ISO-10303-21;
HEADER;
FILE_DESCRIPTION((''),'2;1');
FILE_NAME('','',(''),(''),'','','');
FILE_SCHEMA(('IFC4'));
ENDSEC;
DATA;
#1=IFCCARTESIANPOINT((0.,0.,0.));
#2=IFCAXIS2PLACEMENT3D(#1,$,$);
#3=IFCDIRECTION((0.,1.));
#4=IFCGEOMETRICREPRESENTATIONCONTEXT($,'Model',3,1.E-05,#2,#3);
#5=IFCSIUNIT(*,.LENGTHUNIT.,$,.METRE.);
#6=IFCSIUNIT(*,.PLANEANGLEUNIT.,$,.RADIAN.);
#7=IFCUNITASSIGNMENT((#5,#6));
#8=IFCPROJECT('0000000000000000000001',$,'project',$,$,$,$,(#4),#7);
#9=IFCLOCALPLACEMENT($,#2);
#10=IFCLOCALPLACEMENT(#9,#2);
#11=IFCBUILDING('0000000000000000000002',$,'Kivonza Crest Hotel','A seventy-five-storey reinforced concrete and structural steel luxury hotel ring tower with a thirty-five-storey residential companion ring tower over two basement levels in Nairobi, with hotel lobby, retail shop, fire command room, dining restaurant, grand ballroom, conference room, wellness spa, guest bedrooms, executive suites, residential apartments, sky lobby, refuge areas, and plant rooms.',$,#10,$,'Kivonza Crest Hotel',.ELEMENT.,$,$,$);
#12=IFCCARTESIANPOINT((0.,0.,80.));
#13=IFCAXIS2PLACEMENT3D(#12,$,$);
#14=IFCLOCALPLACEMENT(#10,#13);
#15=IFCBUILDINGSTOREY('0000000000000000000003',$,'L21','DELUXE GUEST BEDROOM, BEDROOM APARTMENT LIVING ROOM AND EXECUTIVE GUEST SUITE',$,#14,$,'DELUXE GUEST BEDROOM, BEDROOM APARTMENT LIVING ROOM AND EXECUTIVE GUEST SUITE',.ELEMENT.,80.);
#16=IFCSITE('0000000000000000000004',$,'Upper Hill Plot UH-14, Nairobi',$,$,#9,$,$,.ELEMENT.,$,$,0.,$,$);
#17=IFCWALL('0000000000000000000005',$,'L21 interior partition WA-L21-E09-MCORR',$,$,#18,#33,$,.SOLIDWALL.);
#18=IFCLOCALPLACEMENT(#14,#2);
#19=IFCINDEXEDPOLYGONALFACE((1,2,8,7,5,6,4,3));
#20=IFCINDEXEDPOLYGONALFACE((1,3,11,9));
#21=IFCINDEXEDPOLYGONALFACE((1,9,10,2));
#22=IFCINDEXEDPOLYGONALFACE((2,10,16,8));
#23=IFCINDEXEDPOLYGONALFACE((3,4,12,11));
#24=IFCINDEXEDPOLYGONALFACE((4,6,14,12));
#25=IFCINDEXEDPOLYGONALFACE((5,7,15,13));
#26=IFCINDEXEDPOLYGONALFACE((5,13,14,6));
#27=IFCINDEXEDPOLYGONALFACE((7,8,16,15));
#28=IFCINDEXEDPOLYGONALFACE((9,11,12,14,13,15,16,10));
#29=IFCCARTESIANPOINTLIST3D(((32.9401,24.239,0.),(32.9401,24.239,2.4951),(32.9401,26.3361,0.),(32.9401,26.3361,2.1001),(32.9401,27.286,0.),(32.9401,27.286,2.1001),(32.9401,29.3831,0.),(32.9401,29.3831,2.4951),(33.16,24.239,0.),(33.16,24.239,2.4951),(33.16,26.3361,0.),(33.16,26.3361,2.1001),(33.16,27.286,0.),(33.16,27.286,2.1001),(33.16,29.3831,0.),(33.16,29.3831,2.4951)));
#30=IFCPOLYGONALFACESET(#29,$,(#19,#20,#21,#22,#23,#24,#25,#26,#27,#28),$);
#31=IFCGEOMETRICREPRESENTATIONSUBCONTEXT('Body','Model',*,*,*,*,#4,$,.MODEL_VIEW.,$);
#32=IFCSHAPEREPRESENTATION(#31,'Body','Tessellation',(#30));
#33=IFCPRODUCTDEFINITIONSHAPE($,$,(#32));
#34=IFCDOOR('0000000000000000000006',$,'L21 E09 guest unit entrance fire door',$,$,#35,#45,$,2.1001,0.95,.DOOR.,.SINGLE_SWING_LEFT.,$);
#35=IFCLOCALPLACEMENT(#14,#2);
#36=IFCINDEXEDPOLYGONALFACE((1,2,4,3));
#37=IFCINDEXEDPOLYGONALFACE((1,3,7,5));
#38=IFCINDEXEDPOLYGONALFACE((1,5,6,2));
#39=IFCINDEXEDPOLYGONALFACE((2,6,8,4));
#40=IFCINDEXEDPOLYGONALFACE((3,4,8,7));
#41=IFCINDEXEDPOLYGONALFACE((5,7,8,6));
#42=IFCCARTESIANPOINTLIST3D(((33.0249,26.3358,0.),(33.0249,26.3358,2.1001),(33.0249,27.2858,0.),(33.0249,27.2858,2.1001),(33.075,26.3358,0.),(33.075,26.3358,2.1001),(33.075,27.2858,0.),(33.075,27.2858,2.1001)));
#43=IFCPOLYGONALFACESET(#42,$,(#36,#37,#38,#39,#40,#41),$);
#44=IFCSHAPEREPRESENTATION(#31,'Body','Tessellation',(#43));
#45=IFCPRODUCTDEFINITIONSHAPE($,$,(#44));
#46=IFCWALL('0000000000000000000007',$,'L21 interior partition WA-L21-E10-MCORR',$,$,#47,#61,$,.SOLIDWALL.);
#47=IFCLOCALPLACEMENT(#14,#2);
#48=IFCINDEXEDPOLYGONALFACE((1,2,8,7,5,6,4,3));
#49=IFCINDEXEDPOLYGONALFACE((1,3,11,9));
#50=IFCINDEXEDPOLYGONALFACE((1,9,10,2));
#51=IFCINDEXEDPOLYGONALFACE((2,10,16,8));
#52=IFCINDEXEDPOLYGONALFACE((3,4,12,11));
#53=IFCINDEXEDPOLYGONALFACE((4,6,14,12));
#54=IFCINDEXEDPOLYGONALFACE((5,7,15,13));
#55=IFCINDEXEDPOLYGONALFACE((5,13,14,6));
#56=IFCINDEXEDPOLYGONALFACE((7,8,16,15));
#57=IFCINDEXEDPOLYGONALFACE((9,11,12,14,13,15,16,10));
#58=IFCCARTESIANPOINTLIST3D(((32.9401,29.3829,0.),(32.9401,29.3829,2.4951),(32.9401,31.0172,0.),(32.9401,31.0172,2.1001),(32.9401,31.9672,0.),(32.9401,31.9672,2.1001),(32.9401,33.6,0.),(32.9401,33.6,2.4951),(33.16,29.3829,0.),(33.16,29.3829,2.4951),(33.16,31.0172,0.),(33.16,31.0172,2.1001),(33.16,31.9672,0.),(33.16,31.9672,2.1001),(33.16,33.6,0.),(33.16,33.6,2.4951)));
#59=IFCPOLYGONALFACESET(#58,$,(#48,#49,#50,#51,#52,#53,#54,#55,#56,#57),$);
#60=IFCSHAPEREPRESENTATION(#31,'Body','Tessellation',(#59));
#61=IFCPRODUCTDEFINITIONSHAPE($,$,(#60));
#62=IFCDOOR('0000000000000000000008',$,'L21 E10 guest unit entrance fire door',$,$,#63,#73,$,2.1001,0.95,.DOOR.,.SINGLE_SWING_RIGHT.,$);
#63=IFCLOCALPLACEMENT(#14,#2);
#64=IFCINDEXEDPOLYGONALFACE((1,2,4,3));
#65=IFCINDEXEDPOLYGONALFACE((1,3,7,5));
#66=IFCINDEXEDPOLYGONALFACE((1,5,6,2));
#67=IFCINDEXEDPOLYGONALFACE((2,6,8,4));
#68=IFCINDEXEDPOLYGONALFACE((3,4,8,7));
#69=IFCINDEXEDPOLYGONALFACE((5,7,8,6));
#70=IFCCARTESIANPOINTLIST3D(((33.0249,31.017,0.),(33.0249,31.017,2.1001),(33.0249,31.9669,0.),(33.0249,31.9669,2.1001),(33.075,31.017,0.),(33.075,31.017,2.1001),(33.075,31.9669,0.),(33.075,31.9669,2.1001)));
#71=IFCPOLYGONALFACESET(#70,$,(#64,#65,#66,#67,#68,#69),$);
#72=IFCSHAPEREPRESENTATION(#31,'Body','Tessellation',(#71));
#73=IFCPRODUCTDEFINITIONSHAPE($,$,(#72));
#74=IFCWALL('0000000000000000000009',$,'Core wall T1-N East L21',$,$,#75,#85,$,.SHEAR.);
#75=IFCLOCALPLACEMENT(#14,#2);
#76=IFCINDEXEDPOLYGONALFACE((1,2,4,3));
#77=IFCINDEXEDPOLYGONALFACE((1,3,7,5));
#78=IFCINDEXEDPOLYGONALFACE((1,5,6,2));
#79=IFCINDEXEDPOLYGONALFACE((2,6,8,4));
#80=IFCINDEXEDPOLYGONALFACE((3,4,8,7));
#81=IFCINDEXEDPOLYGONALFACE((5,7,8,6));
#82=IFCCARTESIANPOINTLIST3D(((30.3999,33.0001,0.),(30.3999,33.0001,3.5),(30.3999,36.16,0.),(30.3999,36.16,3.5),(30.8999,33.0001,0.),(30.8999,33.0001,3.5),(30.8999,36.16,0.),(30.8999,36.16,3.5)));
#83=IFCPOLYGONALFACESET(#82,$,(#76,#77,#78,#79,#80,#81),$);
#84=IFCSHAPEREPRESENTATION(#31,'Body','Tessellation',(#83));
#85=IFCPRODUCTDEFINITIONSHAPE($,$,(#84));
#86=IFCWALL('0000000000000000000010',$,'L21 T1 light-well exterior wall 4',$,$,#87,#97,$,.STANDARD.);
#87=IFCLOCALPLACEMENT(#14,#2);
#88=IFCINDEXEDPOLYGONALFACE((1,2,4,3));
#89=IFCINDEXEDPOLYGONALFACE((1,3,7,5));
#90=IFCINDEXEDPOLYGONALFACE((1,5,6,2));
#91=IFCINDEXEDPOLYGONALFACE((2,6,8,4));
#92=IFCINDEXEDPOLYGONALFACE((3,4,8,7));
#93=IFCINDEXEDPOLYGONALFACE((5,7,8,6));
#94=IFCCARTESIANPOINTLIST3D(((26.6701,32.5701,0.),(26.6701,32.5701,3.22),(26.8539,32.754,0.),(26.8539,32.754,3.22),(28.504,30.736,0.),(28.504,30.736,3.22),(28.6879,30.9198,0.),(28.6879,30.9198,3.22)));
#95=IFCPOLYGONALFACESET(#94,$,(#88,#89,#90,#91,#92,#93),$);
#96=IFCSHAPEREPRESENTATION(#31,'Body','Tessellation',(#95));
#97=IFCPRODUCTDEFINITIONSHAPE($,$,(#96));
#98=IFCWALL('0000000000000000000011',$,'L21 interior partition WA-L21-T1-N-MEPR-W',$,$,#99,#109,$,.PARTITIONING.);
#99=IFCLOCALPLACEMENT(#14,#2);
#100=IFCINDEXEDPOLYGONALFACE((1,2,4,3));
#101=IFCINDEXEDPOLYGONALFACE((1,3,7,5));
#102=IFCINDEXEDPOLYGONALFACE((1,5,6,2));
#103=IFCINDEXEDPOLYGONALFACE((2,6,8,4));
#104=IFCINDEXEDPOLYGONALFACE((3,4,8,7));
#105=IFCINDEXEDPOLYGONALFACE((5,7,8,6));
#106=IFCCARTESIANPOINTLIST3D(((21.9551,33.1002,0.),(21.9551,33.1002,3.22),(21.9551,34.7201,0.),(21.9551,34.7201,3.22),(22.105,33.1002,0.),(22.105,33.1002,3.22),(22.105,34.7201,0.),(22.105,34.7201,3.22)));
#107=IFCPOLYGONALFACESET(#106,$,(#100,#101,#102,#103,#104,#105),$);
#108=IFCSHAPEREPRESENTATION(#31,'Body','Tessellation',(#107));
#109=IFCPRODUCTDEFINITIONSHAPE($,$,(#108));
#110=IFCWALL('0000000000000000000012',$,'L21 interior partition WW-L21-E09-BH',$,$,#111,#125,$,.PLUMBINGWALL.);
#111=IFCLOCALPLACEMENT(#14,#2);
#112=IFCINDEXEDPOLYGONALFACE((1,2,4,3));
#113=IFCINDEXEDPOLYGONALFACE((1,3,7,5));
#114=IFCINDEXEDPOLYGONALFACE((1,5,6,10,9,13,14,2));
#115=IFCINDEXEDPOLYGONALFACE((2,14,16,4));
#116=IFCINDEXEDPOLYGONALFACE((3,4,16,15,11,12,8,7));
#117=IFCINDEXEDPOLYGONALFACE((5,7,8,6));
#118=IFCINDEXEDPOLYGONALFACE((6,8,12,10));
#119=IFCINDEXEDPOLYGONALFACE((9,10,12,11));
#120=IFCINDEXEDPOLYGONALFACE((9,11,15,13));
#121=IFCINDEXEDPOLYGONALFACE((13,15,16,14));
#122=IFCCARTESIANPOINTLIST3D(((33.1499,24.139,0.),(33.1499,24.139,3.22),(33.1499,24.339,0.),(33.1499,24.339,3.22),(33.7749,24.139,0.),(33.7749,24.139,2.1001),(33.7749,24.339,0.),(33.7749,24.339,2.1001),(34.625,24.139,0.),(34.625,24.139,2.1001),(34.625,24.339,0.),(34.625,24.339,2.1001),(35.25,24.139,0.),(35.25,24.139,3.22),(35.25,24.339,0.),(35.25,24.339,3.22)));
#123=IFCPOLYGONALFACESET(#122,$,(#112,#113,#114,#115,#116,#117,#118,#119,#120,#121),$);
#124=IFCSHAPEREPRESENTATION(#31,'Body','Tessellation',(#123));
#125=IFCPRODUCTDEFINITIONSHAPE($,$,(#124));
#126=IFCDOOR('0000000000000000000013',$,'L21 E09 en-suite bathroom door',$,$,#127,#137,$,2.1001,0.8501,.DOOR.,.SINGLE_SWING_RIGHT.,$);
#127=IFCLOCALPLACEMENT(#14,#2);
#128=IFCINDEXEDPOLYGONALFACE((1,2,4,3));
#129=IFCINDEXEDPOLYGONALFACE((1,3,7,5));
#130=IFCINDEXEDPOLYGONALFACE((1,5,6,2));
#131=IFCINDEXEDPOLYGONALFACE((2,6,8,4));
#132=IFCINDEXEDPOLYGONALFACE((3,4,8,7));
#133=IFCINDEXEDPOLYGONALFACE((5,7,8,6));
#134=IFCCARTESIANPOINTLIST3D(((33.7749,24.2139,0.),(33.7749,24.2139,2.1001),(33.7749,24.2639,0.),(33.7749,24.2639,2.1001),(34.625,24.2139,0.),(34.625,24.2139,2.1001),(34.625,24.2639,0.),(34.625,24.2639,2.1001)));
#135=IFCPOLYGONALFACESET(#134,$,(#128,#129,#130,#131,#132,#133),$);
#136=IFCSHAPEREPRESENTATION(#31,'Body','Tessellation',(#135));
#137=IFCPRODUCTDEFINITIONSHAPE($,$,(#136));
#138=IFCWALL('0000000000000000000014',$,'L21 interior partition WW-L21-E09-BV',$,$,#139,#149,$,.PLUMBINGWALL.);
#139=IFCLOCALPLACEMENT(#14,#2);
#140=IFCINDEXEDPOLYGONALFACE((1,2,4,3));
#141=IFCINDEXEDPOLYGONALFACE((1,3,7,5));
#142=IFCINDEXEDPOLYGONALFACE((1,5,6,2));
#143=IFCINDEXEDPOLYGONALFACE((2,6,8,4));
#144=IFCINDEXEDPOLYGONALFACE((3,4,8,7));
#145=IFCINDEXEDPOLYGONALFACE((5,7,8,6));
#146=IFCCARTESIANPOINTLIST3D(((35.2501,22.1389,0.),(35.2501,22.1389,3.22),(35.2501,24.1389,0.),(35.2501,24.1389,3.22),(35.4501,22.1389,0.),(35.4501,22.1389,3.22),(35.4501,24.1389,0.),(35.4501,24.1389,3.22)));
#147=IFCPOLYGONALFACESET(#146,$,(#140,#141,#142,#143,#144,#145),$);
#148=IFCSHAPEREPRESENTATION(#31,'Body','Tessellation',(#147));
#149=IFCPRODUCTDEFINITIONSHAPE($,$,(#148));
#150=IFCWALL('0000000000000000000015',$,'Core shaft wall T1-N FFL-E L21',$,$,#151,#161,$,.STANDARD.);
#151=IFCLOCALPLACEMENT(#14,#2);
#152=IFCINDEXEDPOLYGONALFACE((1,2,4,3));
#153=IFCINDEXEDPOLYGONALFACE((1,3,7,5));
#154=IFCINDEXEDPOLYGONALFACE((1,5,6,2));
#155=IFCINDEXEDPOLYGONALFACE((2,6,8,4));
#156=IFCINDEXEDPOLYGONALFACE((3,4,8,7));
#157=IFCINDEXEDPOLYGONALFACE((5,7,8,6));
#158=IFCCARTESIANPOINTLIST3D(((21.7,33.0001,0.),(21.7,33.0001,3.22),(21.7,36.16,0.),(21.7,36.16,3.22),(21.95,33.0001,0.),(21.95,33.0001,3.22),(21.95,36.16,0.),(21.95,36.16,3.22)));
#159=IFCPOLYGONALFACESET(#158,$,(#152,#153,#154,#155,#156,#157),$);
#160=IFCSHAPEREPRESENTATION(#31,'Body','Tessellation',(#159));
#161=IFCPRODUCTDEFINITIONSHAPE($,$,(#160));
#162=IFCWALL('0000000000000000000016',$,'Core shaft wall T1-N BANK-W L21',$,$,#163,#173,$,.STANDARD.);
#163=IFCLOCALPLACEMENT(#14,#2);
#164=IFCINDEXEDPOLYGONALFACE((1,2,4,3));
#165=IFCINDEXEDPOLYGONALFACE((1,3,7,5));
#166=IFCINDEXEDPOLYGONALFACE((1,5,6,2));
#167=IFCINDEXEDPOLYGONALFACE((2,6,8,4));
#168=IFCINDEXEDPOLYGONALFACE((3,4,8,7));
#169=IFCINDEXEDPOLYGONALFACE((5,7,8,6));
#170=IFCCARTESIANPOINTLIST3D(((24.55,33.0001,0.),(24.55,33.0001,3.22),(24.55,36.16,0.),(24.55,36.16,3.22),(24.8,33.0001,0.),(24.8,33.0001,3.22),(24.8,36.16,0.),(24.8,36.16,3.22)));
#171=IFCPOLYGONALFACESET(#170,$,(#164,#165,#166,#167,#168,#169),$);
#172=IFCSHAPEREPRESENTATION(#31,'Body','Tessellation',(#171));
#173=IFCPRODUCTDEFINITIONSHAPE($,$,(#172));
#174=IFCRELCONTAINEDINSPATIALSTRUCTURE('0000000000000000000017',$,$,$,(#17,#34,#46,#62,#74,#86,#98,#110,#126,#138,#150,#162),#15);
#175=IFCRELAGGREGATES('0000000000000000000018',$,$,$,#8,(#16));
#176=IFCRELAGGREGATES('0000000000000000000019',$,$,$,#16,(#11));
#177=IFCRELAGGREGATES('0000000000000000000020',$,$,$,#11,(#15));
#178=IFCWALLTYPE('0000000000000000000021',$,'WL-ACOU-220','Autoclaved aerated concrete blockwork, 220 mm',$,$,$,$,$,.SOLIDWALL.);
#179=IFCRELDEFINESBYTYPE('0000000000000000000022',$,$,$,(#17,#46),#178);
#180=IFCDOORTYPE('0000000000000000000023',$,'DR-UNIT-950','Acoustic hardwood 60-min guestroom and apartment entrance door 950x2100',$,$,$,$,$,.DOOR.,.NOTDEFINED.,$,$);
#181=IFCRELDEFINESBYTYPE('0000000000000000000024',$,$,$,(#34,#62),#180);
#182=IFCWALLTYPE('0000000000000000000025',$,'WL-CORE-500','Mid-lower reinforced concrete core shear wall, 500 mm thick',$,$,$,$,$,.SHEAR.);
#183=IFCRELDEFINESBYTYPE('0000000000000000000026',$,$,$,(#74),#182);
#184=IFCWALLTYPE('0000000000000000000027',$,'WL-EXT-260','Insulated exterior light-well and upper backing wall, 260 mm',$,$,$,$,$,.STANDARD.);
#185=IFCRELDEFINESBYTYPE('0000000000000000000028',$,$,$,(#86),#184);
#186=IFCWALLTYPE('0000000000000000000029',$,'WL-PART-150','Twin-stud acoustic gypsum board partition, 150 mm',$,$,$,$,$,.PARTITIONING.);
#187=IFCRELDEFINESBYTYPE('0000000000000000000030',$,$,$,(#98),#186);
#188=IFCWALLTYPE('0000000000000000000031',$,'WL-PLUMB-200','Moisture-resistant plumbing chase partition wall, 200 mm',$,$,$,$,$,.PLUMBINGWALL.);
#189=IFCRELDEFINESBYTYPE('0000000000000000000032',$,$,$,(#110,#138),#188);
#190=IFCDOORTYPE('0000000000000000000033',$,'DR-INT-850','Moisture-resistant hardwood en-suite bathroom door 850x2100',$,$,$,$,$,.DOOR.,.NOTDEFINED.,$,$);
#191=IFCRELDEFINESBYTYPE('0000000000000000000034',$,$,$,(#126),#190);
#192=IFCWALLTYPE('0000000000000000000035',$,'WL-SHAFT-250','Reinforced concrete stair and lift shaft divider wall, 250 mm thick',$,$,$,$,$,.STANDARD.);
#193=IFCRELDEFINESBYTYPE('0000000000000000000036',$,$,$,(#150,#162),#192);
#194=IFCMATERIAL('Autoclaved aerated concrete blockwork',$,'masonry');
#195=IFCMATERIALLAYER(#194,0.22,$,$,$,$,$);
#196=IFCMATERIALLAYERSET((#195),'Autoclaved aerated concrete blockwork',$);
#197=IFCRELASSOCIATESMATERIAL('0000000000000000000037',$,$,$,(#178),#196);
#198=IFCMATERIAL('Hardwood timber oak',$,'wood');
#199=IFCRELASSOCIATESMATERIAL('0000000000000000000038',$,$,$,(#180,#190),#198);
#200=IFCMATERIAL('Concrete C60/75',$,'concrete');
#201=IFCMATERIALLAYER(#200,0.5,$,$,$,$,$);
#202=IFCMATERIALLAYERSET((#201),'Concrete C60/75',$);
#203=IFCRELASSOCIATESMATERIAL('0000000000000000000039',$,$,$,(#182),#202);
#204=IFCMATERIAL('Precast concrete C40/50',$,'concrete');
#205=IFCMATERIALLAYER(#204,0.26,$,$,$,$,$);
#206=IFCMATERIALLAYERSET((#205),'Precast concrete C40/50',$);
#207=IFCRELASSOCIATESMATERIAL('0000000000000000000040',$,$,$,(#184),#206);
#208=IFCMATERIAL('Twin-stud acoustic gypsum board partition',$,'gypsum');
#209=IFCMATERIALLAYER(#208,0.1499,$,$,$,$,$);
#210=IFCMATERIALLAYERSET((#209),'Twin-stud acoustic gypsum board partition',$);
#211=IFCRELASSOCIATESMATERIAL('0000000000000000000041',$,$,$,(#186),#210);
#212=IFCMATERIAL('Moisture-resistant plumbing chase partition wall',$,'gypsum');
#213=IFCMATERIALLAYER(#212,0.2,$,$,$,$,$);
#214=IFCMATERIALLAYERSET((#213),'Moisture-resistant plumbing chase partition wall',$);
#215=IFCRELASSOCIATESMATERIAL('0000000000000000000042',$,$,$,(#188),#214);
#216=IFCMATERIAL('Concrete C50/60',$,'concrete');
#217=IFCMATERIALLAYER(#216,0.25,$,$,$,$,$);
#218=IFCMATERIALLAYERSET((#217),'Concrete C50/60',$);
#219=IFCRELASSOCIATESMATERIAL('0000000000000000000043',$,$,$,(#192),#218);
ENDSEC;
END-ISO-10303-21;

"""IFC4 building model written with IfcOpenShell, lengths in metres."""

from ifc_helpers import new_model, si_unit, direction, frame, frame_2d, origin, place, context, subcontext, project, spatial, rectangle, extrude, material, layer, layer_set, type_object, element, fill, save


model = new_model("IFC4")

# Units and contexts
model_context = context("Model", 3, precision=1e-05, world=origin(), true_north=direction((0.0, 1.0)))
body_context = subcontext(model_context, "Body", "Model", "MODEL_VIEW")
ifc_project = project(units=[si_unit("LENGTHUNIT", "METRE"), si_unit("PLANEANGLEUNIT", "RADIAN")], contexts=[model_context])

# Site, building, storey
site_placement = place(None, origin())
site = spatial("IfcSite", under=ifc_project, at=site_placement, Name="Upper Hill Plot UH-14, Nairobi", CompositionType="ELEMENT", RefElevation=0.0)
building_placement = place(site_placement, origin())
building = spatial("IfcBuilding", under=site, at=building_placement, Name="Kivonza Crest Hotel", Description="A seventy-five-storey reinforced concrete and structural steel luxury hotel ring tower with a thirty-five-storey residential companion ring tower over two basement levels in Nairobi, with hotel lobby, retail shop, fire command room, dining restaurant, grand ballroom, conference room, wellness spa, guest bedrooms, executive suites, residential apartments, sky lobby, refuge areas, and plant rooms.", LongName="Kivonza Crest Hotel", CompositionType="ELEMENT")
storey_placement = place(building_placement, frame((0.0, 0.0, 80.0)))
storey = spatial("IfcBuildingStorey", under=building, at=storey_placement, Name="L21", Description="DELUXE GUEST BEDROOM, BEDROOM APARTMENT LIVING ROOM AND EXECUTIVE GUEST SUITE", LongName="DELUXE GUEST BEDROOM, BEDROOM APARTMENT LIVING ROOM AND EXECUTIVE GUEST SUITE", CompositionType="ELEMENT", Elevation=80.0)

# Shared definitions
ifc_material_1 = material(Name="Concrete C50/60", Category="concrete")
ifc_material_2 = material(Name="Concrete C60/75", Category="concrete")

# Walls, openings, doors
ifc_material_3 = material(Name="Autoclaved aerated concrete blockwork", Category="masonry")
ifc_layer_1 = layer(ifc_material_3, 0.22)
ifc_layer_set_1 = layer_set([ifc_layer_1], Name="Autoclaved aerated concrete blockwork")
wall_type_1 = type_object("IfcWallType", Name="WL-ACOU-220", Description="Autoclaved aerated concrete blockwork, 220 mm", PredefinedType="SOLIDWALL", material=ifc_layer_set_1)
wall_1_placement = place(storey_placement, frame((33.05, 24.239, 0.0), z_axis=(0.0, 0.0, 1.0), x_axis=(0.0, 1.0, 0.0)))
wall_1 = element("IfcWall", 1, at=wall_1_placement, inside=storey, type_object=wall_type_1, Name="L21 interior partition WA-L21-E09-MCORR", PredefinedType="SOLIDWALL", context=body_context, shape_type="SweptSolid", body=[
    extrude(rectangle(XDim=5.144, YDim=0.22, at=frame_2d((2.572, 0.0))), origin(), (0.0, 0.0, 1.0), 2.4951),
])
opening_1_placement = place(wall_1_placement, frame((2.0969, 0.0, 0.0)))
opening_1 = element("IfcOpeningElement", 2, at=opening_1_placement, cuts=wall_1, PredefinedType="OPENING", context=body_context, shape_type="SweptSolid", body=[
    extrude(rectangle(XDim=0.95, YDim=2.1001, at=frame_2d((0.4751, 1.05))), frame((0.0, 0.1201, 0.0), z_axis=(0.0, -1.0, 0.0), x_axis=(1.0, 0.0, 0.0)), (0.0, 0.0, 1.0), 0.24),
])
ifc_material_4 = material(Name="Hardwood timber oak", Category="wood")
door_type_1 = type_object("IfcDoorType", Name="DR-UNIT-950", Description="Acoustic hardwood 60-min guestroom and apartment entrance door 950x2100", OperationType="NOTDEFINED", PredefinedType="DOOR", material=ifc_material_4)
door_1_placement = place(opening_1_placement, frame((0.95, 0.0, 0.0), z_axis=(0.0, 0.0, 1.0), x_axis=(-1.0, 0.0, 0.0)))
door_1 = element("IfcDoor", 3, at=door_1_placement, inside=storey, type_object=door_type_1, Name="L21 E09 guest unit entrance fire door", OperationType="SINGLE_SWING_LEFT", OverallHeight=2.1001, OverallWidth=0.95, PredefinedType="DOOR", context=body_context, shape_type="SweptSolid", body=[
    extrude(rectangle(XDim=0.95, YDim=2.1001, at=frame_2d((0.4751, 1.05))), frame((0.0, 0.0249, 0.0), z_axis=(0.0, -1.0, 0.0), x_axis=(1.0, 0.0, 0.0)), (0.0, 0.0, 1.0), 0.05),
])
fill(opening_1, door_1)
wall_2_placement = place(storey_placement, frame((33.05, 29.3831, 0.0), z_axis=(0.0, 0.0, 1.0), x_axis=(0.0, 1.0, 0.0)))
wall_2 = element("IfcWall", 4, at=wall_2_placement, inside=storey, type_object=wall_type_1, Name="L21 interior partition WA-L21-E10-MCORR", PredefinedType="SOLIDWALL", context=body_context, shape_type="SweptSolid", body=[
    extrude(rectangle(XDim=4.217, YDim=0.22, at=frame_2d((2.1084, 0.0))), origin(), (0.0, 0.0, 1.0), 2.4951),
])
opening_2_placement = place(wall_2_placement, frame((1.634, 0.0, 0.0)))
opening_2 = element("IfcOpeningElement", 5, at=opening_2_placement, cuts=wall_2, PredefinedType="OPENING", context=body_context, shape_type="SweptSolid", body=[
    extrude(rectangle(XDim=0.95, YDim=2.1001, at=frame_2d((0.4751, 1.05))), frame((0.0, 0.1201, 0.0), z_axis=(0.0, -1.0, 0.0), x_axis=(1.0, 0.0, 0.0)), (0.0, 0.0, 1.0), 0.24),
])
door_2_placement = place(opening_2_placement, frame((0.95, 0.0, 0.0), z_axis=(0.0, 0.0, 1.0), x_axis=(-1.0, 0.0, 0.0)))
door_2 = element("IfcDoor", 6, at=door_2_placement, inside=storey, type_object=door_type_1, Name="L21 E10 guest unit entrance fire door", OperationType="SINGLE_SWING_RIGHT", OverallHeight=2.1001, OverallWidth=0.95, PredefinedType="DOOR", context=body_context, shape_type="SweptSolid", body=[
    extrude(rectangle(XDim=0.95, YDim=2.1001, at=frame_2d((0.4751, 1.05))), frame((0.0, 0.0249, 0.0), z_axis=(0.0, -1.0, 0.0), x_axis=(1.0, 0.0, 0.0)), (0.0, 0.0, 1.0), 0.05),
])
fill(opening_2, door_2)

# Walls
ifc_layer_2 = layer(ifc_material_2, 0.5)
ifc_layer_set_2 = layer_set([ifc_layer_2], Name="Concrete C60/75")
wall_type_2 = type_object("IfcWallType", Name="WL-CORE-500", Description="Mid-lower reinforced concrete core shear wall, 500 mm thick", PredefinedType="SHEAR", material=ifc_layer_set_2)
wall_3_placement = place(storey_placement, frame((30.6499, 33.0, 0.0), z_axis=(0.0, 0.0, 1.0), x_axis=(0.0, 1.0, 0.0)))
element("IfcWall", 7, at=wall_3_placement, inside=storey, type_object=wall_type_2, Name="Core wall T1-N East L21", PredefinedType="SHEAR", context=body_context, shape_type="SweptSolid", body=[
    extrude(rectangle(XDim=3.1599, YDim=0.5, at=frame_2d((1.5801, 0.0))), origin(), (0.0, 0.0, 1.0), 3.5),
])
ifc_material_5 = material(Name="Precast concrete C40/50", Category="concrete")
ifc_layer_3 = layer(ifc_material_5, 0.26)
ifc_layer_set_3 = layer_set([ifc_layer_3], Name="Precast concrete C40/50")
wall_type_3 = type_object("IfcWallType", Name="WL-EXT-260", Description="Insulated exterior light-well and upper backing wall, 260 mm", PredefinedType="STANDARD", material=ifc_layer_set_3)
wall_4_placement = place(storey_placement, frame((28.5959, 30.8279, 0.0), z_axis=(0.0, 0.0, 1.0), x_axis=(-0.70706, 0.707154, 0.0)))
element("IfcWall", 8, at=wall_4_placement, inside=storey, type_object=wall_type_3, Name="L21 T1 light-well exterior wall 4", PredefinedType="STANDARD", context=body_context, shape_type="SweptSolid", body=[
    extrude(rectangle(XDim=2.5938, YDim=0.26, at=frame_2d((1.2969, 0.0))), origin(), (0.0, 0.0, 1.0), 3.22),
])
ifc_material_6 = material(Name="Twin-stud acoustic gypsum board partition", Category="gypsum")
ifc_layer_4 = layer(ifc_material_6, 0.1499)
ifc_layer_set_4 = layer_set([ifc_layer_4], Name="Twin-stud acoustic gypsum board partition")
wall_type_4 = type_object("IfcWallType", Name="WL-PART-150", Description="Twin-stud acoustic gypsum board partition, 150 mm", PredefinedType="PARTITIONING", material=ifc_layer_set_4)
wall_5_placement = place(storey_placement, frame((22.03, 33.1001, 0.0), z_axis=(0.0, 0.0, 1.0), x_axis=(0.0, 1.0, 0.0)))
element("IfcWall", 9, at=wall_5_placement, inside=storey, type_object=wall_type_4, Name="L21 interior partition WA-L21-T1-N-MEPR-W", PredefinedType="PARTITIONING", context=body_context, shape_type="SweptSolid", body=[
    extrude(rectangle(XDim=1.6199, YDim=0.1499, at=frame_2d((0.8101, 0.0))), origin(), (0.0, 0.0, 1.0), 3.22),
])

# Wall, opening, door
ifc_material_7 = material(Name="Moisture-resistant plumbing chase partition wall", Category="gypsum")
ifc_layer_5 = layer(ifc_material_7, 0.2)
ifc_layer_set_5 = layer_set([ifc_layer_5], Name="Moisture-resistant plumbing chase partition wall")
wall_type_5 = type_object("IfcWallType", Name="WL-PLUMB-200", Description="Moisture-resistant plumbing chase partition wall, 200 mm", PredefinedType="PLUMBINGWALL", material=ifc_layer_set_5)
wall_6_placement = place(storey_placement, frame((33.1499, 24.239, 0.0), z_axis=(0.0, 0.0, 1.0), x_axis=(1.0, 0.0, 0.0)))
wall_6 = element("IfcWall", 10, at=wall_6_placement, inside=storey, type_object=wall_type_5, Name="L21 interior partition WW-L21-E09-BH", PredefinedType="PLUMBINGWALL", context=body_context, shape_type="SweptSolid", body=[
    extrude(rectangle(XDim=2.1001, YDim=0.2, at=frame_2d((1.05, 0.0))), origin(), (0.0, 0.0, 1.0), 3.22),
])
opening_3_placement = place(wall_6_placement, frame((0.625, 0.0, 0.0)))
opening_3 = element("IfcOpeningElement", 11, at=opening_3_placement, cuts=wall_6, PredefinedType="OPENING", context=body_context, shape_type="SweptSolid", body=[
    extrude(rectangle(XDim=0.8501, YDim=2.1001, at=frame_2d((0.425, 1.05))), frame((0.0, 0.1099, 0.0), z_axis=(0.0, -1.0, 0.0), x_axis=(1.0, 0.0, 0.0)), (0.0, 0.0, 1.0), 0.22),
])
door_type_2 = type_object("IfcDoorType", Name="DR-INT-850", Description="Moisture-resistant hardwood en-suite bathroom door 850x2100", OperationType="NOTDEFINED", PredefinedType="DOOR", material=ifc_material_4)
door_3_placement = place(opening_3_placement, origin())
door_3 = element("IfcDoor", 12, at=door_3_placement, inside=storey, type_object=door_type_2, Name="L21 E09 en-suite bathroom door", OperationType="SINGLE_SWING_RIGHT", OverallHeight=2.1001, OverallWidth=0.8501, PredefinedType="DOOR", context=body_context, shape_type="SweptSolid", body=[
    extrude(rectangle(XDim=0.8501, YDim=2.1001, at=frame_2d((0.425, 1.05))), frame((0.0, 0.0249, 0.0), z_axis=(0.0, -1.0, 0.0), x_axis=(1.0, 0.0, 0.0)), (0.0, 0.0, 1.0), 0.05),
])
fill(opening_3, door_3)

# Wall
wall_7_placement = place(storey_placement, frame((35.3501, 22.1389, 0.0), z_axis=(0.0, 0.0, 1.0), x_axis=(0.0, 1.0, 0.0)))
element("IfcWall", 13, at=wall_7_placement, inside=storey, type_object=wall_type_5, Name="L21 interior partition WW-L21-E09-BV", PredefinedType="PLUMBINGWALL", context=body_context, shape_type="SweptSolid", body=[
    extrude(rectangle(XDim=2.0, YDim=0.2, at=frame_2d((1.0, 0.0))), origin(), (0.0, 0.0, 1.0), 3.22),
])

# Shared definitions
ifc_layer_6 = layer(ifc_material_1, 0.25)
ifc_layer_set_6 = layer_set([ifc_layer_6], Name="Concrete C50/60")
wall_type_6 = type_object("IfcWallType", Name="WL-SHAFT-250", Description="Reinforced concrete stair and lift shaft divider wall, 250 mm thick", PredefinedType="STANDARD", material=ifc_layer_set_6)

# Walls
for number, where, z_axis, x_axis, name in (
    (14, (21.825, 33.0, 0.0), (0.0, 0.0, 1.0), (0.0, 1.0, 0.0), "Core shaft wall T1-N FFL-E L21"),
    (15, (24.675, 33.0, 0.0), (0.0, 0.0, 1.0), (0.0, 1.0, 0.0), "Core shaft wall T1-N BANK-W L21"),
):
    element("IfcWall", number, at=place(storey_placement, frame(where, z_axis=z_axis, x_axis=x_axis)), inside=storey, type_object=wall_type_6, Name=name, PredefinedType="STANDARD", context=body_context, shape_type="SweptSolid", body=[
        extrude(rectangle(XDim=3.1599, YDim=0.25, at=frame_2d((1.5801, 0.0))), origin(), (0.0, 0.0, 1.0), 3.22),
    ])

save(model, "model.ifc")
